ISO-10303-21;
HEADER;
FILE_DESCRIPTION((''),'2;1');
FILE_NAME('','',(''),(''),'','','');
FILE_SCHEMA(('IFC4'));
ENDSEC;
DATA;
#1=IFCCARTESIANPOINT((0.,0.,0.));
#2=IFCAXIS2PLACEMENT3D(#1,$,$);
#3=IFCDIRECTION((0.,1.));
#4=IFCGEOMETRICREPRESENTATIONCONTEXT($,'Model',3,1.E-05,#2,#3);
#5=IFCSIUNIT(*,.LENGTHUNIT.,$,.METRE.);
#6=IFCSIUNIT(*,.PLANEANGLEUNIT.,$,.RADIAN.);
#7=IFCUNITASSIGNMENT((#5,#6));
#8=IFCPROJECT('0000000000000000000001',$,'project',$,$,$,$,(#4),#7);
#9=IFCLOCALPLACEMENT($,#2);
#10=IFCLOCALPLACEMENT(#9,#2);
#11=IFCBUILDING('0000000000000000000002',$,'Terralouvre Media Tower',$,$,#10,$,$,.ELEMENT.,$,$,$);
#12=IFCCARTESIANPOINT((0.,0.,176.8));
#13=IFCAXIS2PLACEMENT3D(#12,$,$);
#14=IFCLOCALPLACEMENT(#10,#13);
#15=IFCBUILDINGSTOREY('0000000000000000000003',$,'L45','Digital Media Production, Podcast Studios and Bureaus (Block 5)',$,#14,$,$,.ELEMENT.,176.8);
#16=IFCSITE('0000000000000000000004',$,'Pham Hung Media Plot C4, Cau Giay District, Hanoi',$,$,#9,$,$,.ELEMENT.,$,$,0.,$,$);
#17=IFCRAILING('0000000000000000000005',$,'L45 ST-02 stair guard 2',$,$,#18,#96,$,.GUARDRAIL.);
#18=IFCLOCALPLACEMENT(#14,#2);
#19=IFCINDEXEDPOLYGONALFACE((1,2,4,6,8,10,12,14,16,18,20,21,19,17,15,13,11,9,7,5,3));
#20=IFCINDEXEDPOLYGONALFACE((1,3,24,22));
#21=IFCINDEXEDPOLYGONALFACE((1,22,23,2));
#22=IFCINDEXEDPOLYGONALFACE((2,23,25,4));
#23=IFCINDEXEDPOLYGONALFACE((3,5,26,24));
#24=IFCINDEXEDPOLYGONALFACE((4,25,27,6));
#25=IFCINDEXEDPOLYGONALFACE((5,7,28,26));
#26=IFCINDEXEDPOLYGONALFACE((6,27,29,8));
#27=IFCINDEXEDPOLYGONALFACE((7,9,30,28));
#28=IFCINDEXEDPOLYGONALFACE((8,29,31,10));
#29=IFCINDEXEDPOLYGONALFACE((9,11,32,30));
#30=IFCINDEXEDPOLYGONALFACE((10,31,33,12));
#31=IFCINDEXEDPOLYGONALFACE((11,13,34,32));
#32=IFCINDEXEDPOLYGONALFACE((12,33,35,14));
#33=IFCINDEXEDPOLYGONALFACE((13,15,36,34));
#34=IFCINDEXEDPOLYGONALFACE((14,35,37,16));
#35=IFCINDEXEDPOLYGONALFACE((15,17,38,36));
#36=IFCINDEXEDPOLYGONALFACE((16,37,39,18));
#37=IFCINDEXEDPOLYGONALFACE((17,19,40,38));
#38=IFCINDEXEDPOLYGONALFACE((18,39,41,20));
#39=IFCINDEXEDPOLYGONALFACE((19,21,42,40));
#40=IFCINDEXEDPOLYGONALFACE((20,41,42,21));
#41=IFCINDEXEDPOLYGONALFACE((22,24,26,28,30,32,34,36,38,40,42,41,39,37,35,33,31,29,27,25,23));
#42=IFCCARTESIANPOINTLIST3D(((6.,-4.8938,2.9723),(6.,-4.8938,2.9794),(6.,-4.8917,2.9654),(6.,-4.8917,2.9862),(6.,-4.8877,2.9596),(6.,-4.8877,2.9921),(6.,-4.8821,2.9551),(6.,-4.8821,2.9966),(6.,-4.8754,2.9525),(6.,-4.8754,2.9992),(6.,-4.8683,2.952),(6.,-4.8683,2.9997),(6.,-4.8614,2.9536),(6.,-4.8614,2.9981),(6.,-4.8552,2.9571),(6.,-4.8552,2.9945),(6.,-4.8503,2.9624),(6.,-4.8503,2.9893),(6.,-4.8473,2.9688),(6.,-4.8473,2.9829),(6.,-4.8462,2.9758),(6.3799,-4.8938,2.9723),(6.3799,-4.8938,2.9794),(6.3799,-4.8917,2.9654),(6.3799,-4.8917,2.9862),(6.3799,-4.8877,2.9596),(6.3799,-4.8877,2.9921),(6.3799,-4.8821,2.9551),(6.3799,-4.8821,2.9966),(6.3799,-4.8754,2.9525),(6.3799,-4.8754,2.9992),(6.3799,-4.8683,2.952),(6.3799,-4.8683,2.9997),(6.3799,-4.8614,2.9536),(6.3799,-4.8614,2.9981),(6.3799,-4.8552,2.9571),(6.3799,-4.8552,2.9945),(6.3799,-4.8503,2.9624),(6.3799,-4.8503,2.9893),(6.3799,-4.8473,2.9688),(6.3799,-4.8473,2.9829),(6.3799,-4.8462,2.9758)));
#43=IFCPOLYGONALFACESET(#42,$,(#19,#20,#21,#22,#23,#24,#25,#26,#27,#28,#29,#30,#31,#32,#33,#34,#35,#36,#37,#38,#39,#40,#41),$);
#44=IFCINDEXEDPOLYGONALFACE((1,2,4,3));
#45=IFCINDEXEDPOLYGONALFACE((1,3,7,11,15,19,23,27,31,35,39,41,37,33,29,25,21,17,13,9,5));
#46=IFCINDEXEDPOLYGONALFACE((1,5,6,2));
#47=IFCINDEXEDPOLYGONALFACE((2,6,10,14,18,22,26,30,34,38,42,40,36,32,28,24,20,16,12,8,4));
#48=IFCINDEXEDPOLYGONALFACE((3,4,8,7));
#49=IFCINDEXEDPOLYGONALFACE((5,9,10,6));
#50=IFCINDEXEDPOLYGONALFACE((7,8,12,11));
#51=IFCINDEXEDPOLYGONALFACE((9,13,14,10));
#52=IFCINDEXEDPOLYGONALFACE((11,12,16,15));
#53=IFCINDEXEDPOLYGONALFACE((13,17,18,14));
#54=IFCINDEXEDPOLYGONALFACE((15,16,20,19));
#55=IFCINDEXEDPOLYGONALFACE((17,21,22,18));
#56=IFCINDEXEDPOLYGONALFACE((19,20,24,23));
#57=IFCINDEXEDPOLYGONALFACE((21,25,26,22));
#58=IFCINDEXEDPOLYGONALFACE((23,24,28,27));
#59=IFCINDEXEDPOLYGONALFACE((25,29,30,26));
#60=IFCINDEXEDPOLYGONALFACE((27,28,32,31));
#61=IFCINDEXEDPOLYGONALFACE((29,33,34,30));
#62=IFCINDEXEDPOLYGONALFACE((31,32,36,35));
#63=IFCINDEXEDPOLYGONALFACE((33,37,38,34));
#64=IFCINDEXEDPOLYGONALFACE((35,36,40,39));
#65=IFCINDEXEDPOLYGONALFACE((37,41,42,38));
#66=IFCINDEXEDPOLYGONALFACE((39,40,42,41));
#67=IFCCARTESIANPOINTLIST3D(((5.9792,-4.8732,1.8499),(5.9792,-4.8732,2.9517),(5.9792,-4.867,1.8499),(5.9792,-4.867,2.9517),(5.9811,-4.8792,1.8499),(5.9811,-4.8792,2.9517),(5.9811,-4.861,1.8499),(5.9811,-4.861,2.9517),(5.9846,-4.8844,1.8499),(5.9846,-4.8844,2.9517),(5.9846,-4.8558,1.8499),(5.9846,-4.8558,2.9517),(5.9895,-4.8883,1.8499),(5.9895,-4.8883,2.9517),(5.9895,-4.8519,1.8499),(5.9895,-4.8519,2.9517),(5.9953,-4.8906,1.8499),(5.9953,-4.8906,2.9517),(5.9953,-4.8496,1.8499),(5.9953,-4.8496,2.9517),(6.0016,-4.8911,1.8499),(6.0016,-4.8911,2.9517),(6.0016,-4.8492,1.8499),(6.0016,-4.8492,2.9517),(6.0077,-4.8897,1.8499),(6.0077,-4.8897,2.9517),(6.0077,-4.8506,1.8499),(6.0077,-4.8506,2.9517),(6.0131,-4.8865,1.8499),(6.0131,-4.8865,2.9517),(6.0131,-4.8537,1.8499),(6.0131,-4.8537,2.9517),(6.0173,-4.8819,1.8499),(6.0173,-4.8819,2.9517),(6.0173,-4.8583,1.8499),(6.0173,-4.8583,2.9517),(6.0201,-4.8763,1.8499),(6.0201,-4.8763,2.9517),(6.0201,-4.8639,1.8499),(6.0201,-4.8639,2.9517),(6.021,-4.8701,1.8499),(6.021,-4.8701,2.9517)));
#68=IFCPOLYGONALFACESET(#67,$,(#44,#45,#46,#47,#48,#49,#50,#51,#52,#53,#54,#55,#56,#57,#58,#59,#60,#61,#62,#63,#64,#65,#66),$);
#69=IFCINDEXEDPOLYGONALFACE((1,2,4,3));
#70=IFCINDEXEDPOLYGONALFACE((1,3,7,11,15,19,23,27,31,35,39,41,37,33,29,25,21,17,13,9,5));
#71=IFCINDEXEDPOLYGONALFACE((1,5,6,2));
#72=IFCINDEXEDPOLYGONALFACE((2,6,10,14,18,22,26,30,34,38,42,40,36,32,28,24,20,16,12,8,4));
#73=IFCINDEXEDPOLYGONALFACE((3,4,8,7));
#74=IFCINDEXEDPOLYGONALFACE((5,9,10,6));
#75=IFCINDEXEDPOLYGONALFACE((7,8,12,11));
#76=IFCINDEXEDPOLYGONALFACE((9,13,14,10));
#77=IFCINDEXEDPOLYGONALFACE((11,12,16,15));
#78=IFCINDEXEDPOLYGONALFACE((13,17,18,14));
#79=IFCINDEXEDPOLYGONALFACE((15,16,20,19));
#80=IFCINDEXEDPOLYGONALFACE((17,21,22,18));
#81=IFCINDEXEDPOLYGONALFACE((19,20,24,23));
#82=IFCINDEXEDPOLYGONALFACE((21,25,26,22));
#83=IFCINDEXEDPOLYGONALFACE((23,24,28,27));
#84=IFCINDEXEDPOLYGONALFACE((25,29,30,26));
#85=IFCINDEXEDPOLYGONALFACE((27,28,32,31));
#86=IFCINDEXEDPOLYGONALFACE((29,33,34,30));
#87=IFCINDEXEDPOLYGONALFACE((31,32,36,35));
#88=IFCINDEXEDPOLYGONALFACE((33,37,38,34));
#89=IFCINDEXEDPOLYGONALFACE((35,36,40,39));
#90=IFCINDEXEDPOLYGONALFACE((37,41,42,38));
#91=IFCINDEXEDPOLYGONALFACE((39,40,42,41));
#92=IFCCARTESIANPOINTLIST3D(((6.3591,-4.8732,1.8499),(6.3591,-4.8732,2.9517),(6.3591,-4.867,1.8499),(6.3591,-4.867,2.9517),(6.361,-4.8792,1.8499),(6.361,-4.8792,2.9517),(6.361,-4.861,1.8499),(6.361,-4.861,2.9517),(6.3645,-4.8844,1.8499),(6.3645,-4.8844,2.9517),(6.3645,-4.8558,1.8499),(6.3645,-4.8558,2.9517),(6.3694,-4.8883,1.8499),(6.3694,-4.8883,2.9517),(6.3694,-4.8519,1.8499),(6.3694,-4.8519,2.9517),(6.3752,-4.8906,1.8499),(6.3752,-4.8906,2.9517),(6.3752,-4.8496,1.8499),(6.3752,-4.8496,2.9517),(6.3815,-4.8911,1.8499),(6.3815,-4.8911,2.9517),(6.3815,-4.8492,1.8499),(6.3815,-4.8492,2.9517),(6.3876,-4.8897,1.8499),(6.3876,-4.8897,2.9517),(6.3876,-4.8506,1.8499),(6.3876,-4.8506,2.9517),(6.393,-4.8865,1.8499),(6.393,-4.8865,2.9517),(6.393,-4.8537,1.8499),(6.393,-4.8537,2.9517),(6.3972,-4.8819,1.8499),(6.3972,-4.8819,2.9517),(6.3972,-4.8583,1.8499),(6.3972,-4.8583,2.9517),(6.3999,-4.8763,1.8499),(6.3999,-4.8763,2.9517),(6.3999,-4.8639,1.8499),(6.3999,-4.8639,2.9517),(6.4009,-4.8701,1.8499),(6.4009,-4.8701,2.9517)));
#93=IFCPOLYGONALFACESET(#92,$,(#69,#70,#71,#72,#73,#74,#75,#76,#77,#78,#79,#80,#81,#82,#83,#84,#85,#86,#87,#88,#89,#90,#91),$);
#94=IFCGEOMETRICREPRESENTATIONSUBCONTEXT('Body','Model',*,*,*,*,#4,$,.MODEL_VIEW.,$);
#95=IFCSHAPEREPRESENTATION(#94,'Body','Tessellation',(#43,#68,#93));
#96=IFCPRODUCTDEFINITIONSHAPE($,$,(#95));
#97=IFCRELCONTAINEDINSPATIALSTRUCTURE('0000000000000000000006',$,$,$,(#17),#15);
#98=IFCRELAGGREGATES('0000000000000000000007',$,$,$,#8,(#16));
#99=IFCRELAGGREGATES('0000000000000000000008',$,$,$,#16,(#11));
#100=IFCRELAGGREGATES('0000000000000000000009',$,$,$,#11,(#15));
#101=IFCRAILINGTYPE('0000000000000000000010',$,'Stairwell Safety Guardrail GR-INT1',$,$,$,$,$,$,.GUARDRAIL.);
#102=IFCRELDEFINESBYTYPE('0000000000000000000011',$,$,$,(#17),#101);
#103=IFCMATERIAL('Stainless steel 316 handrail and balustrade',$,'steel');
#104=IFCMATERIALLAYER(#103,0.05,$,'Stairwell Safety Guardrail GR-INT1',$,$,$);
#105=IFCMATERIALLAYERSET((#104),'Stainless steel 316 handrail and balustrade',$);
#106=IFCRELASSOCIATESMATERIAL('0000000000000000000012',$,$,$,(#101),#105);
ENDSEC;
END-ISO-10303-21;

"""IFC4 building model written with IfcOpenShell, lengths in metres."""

from ifc_helpers import new_model, si_unit, direction, frame, origin, origin_2d, place, context, subcontext, project, spatial, circle, extrude, material, layer, layer_set, type_object, element, save


model = new_model("IFC4")

# Units and contexts
model_context = context("Model", 3, precision=1e-05, world=origin(), true_north=direction((0.0, 1.0)))
body_context = subcontext(model_context, "Body", "Model", "MODEL_VIEW")
ifc_project = project(units=[si_unit("LENGTHUNIT", "METRE"), si_unit("PLANEANGLEUNIT", "RADIAN")], contexts=[model_context])

# Site, building, storey
site_placement = place(None, origin())
site = spatial("IfcSite", under=ifc_project, at=site_placement, Name="Pham Hung Media Plot C4, Cau Giay District, Hanoi", CompositionType="ELEMENT", RefElevation=0.0)
building_placement = place(site_placement, origin())
building = spatial("IfcBuilding", under=site, at=building_placement, Name="Terralouvre Media Tower", CompositionType="ELEMENT")
storey_placement = place(building_placement, frame((0.0, 0.0, 176.8)))
storey = spatial("IfcBuildingStorey", under=building, at=storey_placement, Name="L45", Description="Digital Media Production, Podcast Studios and Bureaus (Block 5)", CompositionType="ELEMENT", Elevation=176.8)

# Railing
ifc_material_1 = material(Name="Stainless steel 316 handrail and balustrade", Category="steel")
ifc_layer_1 = layer(ifc_material_1, 0.05, Name="Stairwell Safety Guardrail GR-INT1")
ifc_layer_set_1 = layer_set([ifc_layer_1], Name="Stainless steel 316 handrail and balustrade")
railing_type_1 = type_object("IfcRailingType", Name="Stairwell Safety Guardrail GR-INT1", PredefinedType="GUARDRAIL", material=ifc_layer_set_1)
railing_1_placement = place(storey_placement, frame((6.0, -4.8701, 1.8499)))
element("IfcRailing", 1, at=railing_1_placement, inside=storey, type_object=railing_type_1, Name="L45 ST-02 stair guard 2", PredefinedType="GUARDRAIL", context=body_context, shape_type="SweptSolid", body=[
    extrude(circle(Radius=0.0239, at=origin_2d()), frame((0.0, 0.0, 1.126), z_axis=(1.0, 0.0, 0.0), x_axis=(0.0, 1.0, 0.0)), (0.0, 0.0, 1.0), 0.3799),
    extrude(circle(Radius=0.021, at=origin_2d()), origin(), (0.0, 0.0, 1.0), 1.1018),
    extrude(circle(Radius=0.021, at=origin_2d()), frame((0.3799, 0.0, 0.0)), (0.0, 0.0, 1.0), 1.1018),
])

save(model, "model.ifc")
